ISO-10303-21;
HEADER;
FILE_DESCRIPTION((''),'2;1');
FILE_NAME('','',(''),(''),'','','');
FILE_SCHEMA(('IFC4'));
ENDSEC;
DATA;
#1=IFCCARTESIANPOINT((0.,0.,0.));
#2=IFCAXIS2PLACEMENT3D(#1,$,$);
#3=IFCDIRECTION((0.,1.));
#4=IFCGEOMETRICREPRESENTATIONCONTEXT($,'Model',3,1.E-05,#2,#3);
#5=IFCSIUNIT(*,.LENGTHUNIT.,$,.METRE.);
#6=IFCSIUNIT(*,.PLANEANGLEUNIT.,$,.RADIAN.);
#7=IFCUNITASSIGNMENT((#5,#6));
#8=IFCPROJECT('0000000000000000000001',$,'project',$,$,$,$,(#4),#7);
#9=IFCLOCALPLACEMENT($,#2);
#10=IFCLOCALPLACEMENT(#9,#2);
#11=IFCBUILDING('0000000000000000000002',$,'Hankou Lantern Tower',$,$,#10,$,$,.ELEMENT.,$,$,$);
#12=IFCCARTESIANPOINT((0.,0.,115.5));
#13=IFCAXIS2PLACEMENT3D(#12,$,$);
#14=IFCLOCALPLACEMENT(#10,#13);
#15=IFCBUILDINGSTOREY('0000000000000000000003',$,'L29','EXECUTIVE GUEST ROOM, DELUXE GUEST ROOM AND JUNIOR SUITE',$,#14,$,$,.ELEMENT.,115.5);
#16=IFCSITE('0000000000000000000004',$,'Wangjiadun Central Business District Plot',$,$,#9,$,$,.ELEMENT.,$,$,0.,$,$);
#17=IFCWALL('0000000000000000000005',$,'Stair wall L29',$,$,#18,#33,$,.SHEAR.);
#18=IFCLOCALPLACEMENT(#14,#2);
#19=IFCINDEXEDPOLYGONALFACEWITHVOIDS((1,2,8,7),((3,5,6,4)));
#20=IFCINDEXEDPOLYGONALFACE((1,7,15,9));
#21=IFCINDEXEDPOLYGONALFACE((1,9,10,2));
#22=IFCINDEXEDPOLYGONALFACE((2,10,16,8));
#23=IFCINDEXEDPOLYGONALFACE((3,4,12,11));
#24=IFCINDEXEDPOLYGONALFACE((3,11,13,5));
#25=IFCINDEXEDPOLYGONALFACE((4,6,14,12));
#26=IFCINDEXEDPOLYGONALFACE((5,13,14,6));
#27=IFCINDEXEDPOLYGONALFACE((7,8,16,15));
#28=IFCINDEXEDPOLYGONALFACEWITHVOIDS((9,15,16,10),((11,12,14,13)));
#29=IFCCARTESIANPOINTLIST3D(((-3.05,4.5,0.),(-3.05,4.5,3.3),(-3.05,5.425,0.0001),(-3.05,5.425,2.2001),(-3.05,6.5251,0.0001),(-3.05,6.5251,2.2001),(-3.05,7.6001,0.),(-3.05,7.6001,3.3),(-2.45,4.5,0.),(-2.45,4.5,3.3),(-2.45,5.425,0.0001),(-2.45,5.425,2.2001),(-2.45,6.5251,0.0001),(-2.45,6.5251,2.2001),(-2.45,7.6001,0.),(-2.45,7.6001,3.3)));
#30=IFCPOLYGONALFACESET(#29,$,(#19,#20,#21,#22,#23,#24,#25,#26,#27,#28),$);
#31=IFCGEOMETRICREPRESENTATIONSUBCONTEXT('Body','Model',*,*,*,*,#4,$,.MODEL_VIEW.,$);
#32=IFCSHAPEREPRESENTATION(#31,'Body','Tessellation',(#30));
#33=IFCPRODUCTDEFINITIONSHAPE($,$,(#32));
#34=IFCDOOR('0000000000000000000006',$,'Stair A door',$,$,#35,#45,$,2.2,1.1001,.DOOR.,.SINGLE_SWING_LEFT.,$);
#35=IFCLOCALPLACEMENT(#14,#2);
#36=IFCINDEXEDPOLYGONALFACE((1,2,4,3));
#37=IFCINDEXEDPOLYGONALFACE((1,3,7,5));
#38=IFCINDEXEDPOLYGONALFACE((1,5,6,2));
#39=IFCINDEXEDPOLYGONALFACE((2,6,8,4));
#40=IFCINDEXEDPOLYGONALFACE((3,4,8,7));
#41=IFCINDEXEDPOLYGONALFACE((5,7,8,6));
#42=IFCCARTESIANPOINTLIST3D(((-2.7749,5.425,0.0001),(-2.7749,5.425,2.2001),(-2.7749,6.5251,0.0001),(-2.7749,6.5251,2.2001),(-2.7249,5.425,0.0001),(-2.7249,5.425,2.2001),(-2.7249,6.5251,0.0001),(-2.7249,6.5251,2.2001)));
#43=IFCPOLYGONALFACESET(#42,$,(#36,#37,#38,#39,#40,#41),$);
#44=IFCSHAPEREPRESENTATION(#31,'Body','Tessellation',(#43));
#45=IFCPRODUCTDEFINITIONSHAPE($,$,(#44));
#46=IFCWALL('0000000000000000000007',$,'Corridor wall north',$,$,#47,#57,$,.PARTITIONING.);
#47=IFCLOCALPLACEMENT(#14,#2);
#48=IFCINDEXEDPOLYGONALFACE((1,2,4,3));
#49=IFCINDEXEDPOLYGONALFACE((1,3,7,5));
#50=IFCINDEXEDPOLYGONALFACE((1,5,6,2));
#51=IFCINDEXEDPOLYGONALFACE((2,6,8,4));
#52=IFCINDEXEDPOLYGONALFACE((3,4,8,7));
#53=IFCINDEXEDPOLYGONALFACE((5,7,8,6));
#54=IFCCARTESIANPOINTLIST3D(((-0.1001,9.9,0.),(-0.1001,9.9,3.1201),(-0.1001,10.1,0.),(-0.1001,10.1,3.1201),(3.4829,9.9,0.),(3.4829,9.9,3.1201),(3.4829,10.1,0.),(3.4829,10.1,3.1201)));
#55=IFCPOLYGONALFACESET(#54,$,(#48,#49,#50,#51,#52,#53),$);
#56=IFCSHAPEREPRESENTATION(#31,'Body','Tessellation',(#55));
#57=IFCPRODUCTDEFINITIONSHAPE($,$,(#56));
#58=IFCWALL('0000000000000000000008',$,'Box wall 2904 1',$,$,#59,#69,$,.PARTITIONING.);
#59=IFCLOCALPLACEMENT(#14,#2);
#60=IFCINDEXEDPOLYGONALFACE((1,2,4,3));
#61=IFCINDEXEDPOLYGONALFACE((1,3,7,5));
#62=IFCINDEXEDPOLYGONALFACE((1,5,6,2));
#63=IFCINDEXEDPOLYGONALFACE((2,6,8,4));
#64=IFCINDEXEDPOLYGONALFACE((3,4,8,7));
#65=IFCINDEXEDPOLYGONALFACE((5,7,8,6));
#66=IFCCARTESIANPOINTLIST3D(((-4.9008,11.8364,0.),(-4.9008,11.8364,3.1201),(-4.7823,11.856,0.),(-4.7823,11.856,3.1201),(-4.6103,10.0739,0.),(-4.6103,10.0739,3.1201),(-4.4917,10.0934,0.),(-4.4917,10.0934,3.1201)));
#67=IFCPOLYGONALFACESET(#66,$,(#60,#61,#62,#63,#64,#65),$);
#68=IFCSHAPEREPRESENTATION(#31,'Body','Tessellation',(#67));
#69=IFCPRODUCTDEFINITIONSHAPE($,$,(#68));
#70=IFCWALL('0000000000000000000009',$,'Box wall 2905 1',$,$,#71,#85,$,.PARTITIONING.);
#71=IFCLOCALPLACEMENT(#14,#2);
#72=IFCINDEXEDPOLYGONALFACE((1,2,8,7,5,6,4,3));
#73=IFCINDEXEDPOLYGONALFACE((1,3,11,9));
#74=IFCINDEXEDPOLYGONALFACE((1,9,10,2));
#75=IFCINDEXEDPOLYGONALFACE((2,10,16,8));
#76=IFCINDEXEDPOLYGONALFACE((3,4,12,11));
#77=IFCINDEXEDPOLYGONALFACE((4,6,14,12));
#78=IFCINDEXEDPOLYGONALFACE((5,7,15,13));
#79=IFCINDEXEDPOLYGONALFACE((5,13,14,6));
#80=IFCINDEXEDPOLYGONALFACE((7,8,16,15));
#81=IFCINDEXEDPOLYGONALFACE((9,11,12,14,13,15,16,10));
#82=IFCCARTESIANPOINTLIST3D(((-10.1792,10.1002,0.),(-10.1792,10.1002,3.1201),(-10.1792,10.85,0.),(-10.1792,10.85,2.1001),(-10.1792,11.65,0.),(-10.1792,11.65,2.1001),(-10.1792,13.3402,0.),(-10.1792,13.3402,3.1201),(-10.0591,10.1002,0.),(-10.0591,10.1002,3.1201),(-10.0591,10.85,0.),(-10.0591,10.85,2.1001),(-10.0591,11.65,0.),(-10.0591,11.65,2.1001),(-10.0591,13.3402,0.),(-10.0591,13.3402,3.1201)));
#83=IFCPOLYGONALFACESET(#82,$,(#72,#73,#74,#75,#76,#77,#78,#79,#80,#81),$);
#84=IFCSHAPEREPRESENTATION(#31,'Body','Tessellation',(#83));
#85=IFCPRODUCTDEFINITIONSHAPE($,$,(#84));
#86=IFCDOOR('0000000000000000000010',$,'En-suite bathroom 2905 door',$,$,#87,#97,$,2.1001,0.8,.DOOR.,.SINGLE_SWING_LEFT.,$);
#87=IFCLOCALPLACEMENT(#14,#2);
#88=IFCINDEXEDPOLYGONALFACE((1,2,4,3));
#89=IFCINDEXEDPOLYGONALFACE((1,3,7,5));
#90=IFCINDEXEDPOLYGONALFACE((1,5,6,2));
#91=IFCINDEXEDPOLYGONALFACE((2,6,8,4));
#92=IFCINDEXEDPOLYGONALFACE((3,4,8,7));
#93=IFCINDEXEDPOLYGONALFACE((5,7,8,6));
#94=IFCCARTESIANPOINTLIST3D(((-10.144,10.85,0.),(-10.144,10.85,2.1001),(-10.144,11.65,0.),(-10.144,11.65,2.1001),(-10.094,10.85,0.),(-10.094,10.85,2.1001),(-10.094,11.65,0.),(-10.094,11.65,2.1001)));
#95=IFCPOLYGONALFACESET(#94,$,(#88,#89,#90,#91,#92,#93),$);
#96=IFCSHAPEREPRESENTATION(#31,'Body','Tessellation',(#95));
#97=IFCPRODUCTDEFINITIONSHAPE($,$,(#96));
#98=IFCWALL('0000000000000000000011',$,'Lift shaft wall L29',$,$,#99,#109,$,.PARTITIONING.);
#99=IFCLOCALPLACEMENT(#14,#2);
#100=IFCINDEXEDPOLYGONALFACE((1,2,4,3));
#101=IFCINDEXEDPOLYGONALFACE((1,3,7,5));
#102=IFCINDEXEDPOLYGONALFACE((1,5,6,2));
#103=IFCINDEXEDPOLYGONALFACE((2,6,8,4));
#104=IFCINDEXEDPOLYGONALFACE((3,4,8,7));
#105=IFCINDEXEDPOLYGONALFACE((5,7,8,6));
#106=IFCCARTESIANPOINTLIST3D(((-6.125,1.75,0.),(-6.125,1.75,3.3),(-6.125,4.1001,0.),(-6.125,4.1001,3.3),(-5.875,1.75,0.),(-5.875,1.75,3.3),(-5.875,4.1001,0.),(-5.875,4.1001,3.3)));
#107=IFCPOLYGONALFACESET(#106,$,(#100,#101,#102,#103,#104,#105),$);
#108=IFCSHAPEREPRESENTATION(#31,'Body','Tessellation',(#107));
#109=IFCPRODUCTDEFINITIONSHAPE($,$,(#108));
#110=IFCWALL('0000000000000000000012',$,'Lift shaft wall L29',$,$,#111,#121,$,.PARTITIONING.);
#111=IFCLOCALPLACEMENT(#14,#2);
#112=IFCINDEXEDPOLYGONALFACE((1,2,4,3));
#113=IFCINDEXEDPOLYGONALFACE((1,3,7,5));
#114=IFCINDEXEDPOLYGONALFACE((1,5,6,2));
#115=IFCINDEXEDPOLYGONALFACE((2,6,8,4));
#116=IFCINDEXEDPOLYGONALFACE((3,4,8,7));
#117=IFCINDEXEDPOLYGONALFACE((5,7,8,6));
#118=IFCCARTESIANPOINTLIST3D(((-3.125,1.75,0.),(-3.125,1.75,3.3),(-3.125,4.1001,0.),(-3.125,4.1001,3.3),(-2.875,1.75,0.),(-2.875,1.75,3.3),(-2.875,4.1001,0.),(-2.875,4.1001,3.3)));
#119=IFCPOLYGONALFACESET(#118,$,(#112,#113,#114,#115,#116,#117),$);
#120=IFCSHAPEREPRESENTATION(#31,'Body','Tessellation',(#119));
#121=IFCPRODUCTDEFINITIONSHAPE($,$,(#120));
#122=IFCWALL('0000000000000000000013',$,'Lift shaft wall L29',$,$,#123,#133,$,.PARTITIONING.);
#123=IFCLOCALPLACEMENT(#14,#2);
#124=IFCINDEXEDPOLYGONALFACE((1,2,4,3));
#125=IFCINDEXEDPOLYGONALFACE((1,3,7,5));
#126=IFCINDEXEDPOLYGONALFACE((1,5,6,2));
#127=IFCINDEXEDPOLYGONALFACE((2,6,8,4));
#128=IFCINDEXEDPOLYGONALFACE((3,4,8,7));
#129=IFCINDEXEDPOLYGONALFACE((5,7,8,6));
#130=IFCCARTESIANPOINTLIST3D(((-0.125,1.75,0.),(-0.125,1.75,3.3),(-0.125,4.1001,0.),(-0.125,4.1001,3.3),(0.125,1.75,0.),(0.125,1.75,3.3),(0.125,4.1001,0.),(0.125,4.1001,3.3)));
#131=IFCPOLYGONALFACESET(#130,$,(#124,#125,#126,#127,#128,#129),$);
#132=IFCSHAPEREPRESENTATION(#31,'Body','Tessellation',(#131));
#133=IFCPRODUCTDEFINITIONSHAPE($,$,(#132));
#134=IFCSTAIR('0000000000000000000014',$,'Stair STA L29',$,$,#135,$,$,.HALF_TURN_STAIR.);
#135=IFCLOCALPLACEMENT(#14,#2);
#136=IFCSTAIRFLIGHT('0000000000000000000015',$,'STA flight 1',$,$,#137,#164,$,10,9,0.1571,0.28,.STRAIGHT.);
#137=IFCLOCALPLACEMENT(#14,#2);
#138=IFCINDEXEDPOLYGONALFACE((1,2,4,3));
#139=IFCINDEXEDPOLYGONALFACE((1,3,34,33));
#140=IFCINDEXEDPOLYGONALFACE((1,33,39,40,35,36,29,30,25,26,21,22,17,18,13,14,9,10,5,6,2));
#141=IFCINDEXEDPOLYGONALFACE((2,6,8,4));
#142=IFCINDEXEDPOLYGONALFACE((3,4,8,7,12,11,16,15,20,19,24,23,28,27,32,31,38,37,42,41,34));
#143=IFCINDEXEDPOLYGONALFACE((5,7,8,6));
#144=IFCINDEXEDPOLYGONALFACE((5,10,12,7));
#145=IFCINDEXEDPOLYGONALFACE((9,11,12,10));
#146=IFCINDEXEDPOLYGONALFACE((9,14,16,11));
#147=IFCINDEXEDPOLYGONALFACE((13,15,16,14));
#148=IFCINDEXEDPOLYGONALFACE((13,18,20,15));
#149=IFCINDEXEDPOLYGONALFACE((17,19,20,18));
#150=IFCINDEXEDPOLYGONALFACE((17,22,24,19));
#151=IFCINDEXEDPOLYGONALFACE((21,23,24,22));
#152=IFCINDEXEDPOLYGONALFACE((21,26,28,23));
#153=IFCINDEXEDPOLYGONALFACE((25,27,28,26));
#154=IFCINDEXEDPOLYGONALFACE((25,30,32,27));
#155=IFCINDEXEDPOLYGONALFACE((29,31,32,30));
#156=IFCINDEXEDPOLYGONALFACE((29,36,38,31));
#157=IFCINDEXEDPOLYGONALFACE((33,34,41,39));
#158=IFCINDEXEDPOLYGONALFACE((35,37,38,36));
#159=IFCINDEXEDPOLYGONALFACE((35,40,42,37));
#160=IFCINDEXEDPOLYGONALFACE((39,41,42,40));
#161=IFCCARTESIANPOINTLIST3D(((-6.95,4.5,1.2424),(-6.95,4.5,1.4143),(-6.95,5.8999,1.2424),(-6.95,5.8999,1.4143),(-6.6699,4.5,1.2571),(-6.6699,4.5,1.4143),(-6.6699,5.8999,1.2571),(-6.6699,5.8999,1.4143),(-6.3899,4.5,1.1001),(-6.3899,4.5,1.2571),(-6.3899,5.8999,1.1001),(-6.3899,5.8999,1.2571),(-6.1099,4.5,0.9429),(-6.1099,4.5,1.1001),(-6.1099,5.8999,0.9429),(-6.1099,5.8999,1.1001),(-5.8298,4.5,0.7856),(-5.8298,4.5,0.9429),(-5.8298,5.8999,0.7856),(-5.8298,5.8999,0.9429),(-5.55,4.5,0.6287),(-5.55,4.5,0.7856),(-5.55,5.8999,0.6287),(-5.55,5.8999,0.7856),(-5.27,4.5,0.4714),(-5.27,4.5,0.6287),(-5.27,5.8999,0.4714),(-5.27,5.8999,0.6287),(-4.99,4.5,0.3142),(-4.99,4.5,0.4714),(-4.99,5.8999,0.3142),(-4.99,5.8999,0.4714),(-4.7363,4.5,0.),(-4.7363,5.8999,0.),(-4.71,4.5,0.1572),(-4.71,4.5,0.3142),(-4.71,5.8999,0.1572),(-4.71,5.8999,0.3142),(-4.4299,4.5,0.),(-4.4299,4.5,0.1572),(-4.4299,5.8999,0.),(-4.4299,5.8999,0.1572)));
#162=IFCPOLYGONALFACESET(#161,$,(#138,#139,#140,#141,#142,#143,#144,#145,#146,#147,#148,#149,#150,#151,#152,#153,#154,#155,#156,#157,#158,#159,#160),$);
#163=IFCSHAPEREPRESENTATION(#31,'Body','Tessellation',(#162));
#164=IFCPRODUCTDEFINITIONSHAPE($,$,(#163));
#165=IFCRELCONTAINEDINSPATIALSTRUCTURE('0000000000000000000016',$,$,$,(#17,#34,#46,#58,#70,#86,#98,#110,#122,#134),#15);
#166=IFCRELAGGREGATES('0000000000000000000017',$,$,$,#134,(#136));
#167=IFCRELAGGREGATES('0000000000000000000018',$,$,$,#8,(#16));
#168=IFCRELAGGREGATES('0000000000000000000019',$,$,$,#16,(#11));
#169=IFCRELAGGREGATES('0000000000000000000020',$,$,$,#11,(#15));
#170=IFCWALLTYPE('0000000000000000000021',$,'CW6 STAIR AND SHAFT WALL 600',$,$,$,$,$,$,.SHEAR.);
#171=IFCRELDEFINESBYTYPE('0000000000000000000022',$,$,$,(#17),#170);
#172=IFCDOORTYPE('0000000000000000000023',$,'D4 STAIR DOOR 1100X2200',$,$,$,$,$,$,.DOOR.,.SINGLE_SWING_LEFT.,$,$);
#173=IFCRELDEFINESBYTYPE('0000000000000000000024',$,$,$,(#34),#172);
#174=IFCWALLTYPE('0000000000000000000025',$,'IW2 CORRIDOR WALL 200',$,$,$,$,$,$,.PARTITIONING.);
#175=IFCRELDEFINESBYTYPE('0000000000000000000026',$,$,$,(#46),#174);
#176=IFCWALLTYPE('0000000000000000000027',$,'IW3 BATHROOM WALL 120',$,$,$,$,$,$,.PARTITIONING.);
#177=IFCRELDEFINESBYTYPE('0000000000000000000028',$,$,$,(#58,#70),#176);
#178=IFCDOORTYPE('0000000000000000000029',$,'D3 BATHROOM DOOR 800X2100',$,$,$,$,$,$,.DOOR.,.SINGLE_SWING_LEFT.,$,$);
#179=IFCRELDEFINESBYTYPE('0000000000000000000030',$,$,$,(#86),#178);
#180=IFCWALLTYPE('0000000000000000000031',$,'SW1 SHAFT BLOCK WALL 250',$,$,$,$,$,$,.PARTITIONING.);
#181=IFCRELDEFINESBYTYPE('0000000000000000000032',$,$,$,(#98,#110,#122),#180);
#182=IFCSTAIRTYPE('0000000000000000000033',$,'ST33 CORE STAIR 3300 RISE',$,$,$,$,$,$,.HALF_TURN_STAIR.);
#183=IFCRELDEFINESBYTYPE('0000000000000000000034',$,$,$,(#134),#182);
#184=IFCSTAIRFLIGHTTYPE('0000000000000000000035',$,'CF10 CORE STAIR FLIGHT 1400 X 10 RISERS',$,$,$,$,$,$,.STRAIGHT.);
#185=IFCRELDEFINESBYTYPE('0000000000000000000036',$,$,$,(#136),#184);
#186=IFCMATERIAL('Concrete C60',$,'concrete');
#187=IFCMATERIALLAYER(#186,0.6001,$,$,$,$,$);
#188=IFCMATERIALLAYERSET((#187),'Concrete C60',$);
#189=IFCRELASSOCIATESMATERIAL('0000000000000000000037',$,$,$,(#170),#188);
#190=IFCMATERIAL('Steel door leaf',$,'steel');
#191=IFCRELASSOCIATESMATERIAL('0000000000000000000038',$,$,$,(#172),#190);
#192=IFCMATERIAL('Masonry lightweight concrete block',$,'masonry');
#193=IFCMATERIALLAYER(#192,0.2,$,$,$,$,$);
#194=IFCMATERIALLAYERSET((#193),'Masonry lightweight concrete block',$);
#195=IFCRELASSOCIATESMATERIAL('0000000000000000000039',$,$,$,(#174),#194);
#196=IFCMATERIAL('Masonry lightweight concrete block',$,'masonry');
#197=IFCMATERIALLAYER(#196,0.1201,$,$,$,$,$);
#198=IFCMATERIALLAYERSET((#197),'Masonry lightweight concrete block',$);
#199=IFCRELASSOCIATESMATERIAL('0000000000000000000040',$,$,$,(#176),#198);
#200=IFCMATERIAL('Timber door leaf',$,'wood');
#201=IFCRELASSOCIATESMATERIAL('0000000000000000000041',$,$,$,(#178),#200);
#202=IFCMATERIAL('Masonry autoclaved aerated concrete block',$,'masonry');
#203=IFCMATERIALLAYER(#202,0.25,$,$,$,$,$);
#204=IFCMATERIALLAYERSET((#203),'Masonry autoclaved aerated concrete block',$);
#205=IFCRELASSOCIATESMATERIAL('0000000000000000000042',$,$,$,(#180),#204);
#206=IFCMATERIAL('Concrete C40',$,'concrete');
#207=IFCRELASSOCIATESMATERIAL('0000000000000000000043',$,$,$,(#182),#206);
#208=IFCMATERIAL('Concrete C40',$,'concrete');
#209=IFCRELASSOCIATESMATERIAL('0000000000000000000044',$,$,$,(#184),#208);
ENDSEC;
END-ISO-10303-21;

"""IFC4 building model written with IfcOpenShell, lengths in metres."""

from ifc_helpers import new_model, si_unit, direction, frame, frame_2d, origin, place, context, subcontext, project, spatial, polyline, rectangle, outline, extrude, material, layer, layer_set, type_object, element, fill, aggregate, save


model = new_model("IFC4")

# Units and contexts
model_context = context("Model", 3, precision=1e-05, world=origin(), true_north=direction((0.0, 1.0)))
body_context = subcontext(model_context, "Body", "Model", "MODEL_VIEW")
ifc_project = project(units=[si_unit("LENGTHUNIT", "METRE"), si_unit("PLANEANGLEUNIT", "RADIAN")], contexts=[model_context])

# Site, building, storey
site_placement = place(None, origin())
site = spatial("IfcSite", under=ifc_project, at=site_placement, Name="Wangjiadun Central Business District Plot", CompositionType="ELEMENT", RefElevation=0.0)
building_placement = place(site_placement, origin())
building = spatial("IfcBuilding", under=site, at=building_placement, Name="Hankou Lantern Tower", CompositionType="ELEMENT")
storey_placement = place(building_placement, frame((0.0, 0.0, 115.5)))
storey = spatial("IfcBuildingStorey", under=building, at=storey_placement, Name="L29", Description="EXECUTIVE GUEST ROOM, DELUXE GUEST ROOM AND JUNIOR SUITE", CompositionType="ELEMENT", Elevation=115.5)

# Wall, opening, door
ifc_material_1 = material(Name="Concrete C60", Category="concrete")
ifc_layer_1 = layer(ifc_material_1, 0.6001)
ifc_layer_set_1 = layer_set([ifc_layer_1], Name="Concrete C60")
wall_type_1 = type_object("IfcWallType", Name="CW6 STAIR AND SHAFT WALL 600", PredefinedType="SHEAR", material=ifc_layer_set_1)
wall_1_placement = place(storey_placement, frame((-2.75, 4.5, 0.0), z_axis=(0.0, 0.0, 1.0), x_axis=(0.0, 1.0, 0.0)))
wall_1 = element("IfcWall", 1, at=wall_1_placement, inside=storey, type_object=wall_type_1, Name="Stair wall L29", PredefinedType="SHEAR", context=body_context, shape_type="SweptSolid", body=[
    extrude(rectangle(XDim=3.1001, YDim=0.6001, at=frame_2d((1.55, 0.0))), origin(), (0.0, 0.0, 1.0), 3.3),
])
opening_1_placement = place(wall_1_placement, frame((0.925, 0.0, 0.0)))
opening_1 = element("IfcOpeningElement", 2, at=opening_1_placement, cuts=wall_1, PredefinedType="OPENING", context=body_context, shape_type="SweptSolid", body=[
    extrude(rectangle(XDim=1.1001, YDim=2.2, at=frame_2d((0.55, 1.1001))), frame((0.0, 0.3101, 0.0), z_axis=(0.0, -1.0, 0.0), x_axis=(1.0, 0.0, 0.0)), (0.0, 0.0, 1.0), 0.6201),
])
ifc_material_2 = material(Name="Steel door leaf", Category="steel")
door_type_1 = type_object("IfcDoorType", Name="D4 STAIR DOOR 1100X2200", OperationType="SINGLE_SWING_LEFT", PredefinedType="DOOR", material=ifc_material_2)
door_1_placement = place(opening_1_placement, origin())
door_1 = element("IfcDoor", 3, at=door_1_placement, inside=storey, type_object=door_type_1, Name="Stair A door", OperationType="SINGLE_SWING_LEFT", OverallHeight=2.2, OverallWidth=1.1001, PredefinedType="DOOR", context=body_context, shape_type="SweptSolid", body=[
    extrude(rectangle(XDim=1.1001, YDim=2.2, at=frame_2d((0.55, 1.1001))), frame((0.0, 0.0249, 0.0), z_axis=(0.0, -1.0, 0.0), x_axis=(1.0, 0.0, 0.0)), (0.0, 0.0, 1.0), 0.05),
])
fill(opening_1, door_1)

# Walls
ifc_material_3 = material(Name="Masonry lightweight concrete block", Category="masonry")
ifc_layer_2 = layer(ifc_material_3, 0.2)
ifc_layer_set_2 = layer_set([ifc_layer_2], Name="Masonry lightweight concrete block")
wall_type_2 = type_object("IfcWallType", Name="IW2 CORRIDOR WALL 200", PredefinedType="PARTITIONING", material=ifc_layer_set_2)
wall_2_placement = place(storey_placement, frame((-0.1001, 10.0, 0.0), z_axis=(0.0, 0.0, 1.0), x_axis=(1.0, 0.0, 0.0)))
element("IfcWall", 4, at=wall_2_placement, inside=storey, type_object=wall_type_2, Name="Corridor wall north", PredefinedType="PARTITIONING", context=body_context, shape_type="SweptSolid", body=[
    extrude(rectangle(XDim=3.583, YDim=0.2, at=frame_2d((1.7915, 0.0))), origin(), (0.0, 0.0, 1.0), 3.1201),
])
ifc_material_4 = material(Name="Masonry lightweight concrete block", Category="masonry")
ifc_layer_3 = layer(ifc_material_4, 0.1201)
ifc_layer_set_3 = layer_set([ifc_layer_3], Name="Masonry lightweight concrete block")
wall_type_3 = type_object("IfcWallType", Name="IW3 BATHROOM WALL 120", PredefinedType="PARTITIONING", material=ifc_layer_set_3)
wall_3_placement = place(storey_placement, frame((-4.551, 10.0837, 0.0), z_axis=(0.0, 0.0, 1.0), x_axis=(-0.162626, 0.986688, 0.0)))
element("IfcWall", 5, at=wall_3_placement, inside=storey, type_object=wall_type_3, Name="Box wall 2904 1", PredefinedType="PARTITIONING", context=body_context, shape_type="SweptSolid", body=[
    extrude(rectangle(XDim=1.7864, YDim=0.1201, at=frame_2d((0.8931, 0.0))), origin(), (0.0, 0.0, 1.0), 3.1201),
])

# Wall, opening, door
wall_4_placement = place(storey_placement, frame((-10.1191, 10.1001, 0.0), z_axis=(0.0, 0.0, 1.0), x_axis=(0.0, 1.0, 0.0)))
wall_4 = element("IfcWall", 6, at=wall_4_placement, inside=storey, type_object=wall_type_3, Name="Box wall 2905 1", PredefinedType="PARTITIONING", context=body_context, shape_type="SweptSolid", body=[
    extrude(rectangle(XDim=3.24, YDim=0.1201, at=frame_2d((1.6201, 0.0))), origin(), (0.0, 0.0, 1.0), 3.1201),
])
opening_2_placement = place(wall_4_placement, frame((0.75, 0.0, 0.0)))
opening_2 = element("IfcOpeningElement", 7, at=opening_2_placement, cuts=wall_4, PredefinedType="OPENING", context=body_context, shape_type="SweptSolid", body=[
    extrude(rectangle(XDim=0.8, YDim=2.1001, at=frame_2d((0.3999, 1.05))), frame((0.0, 0.0701, 0.0), z_axis=(0.0, -1.0, 0.0), x_axis=(1.0, 0.0, 0.0)), (0.0, 0.0, 1.0), 0.1401),
])
ifc_material_5 = material(Name="Timber door leaf", Category="wood")
door_type_2 = type_object("IfcDoorType", Name="D3 BATHROOM DOOR 800X2100", OperationType="SINGLE_SWING_LEFT", PredefinedType="DOOR", material=ifc_material_5)
door_2_placement = place(opening_2_placement, origin())
door_2 = element("IfcDoor", 8, at=door_2_placement, inside=storey, type_object=door_type_2, Name="En-suite bathroom 2905 door", OperationType="SINGLE_SWING_LEFT", OverallHeight=2.1001, OverallWidth=0.8, PredefinedType="DOOR", context=body_context, shape_type="SweptSolid", body=[
    extrude(rectangle(XDim=0.8, YDim=2.1001, at=frame_2d((0.3999, 1.05))), frame((0.0, 0.0249, 0.0), z_axis=(0.0, -1.0, 0.0), x_axis=(1.0, 0.0, 0.0)), (0.0, 0.0, 1.0), 0.05),
])
fill(opening_2, door_2)

# Walls
ifc_material_6 = material(Name="Masonry autoclaved aerated concrete block", Category="masonry")
ifc_layer_4 = layer(ifc_material_6, 0.25)
ifc_layer_set_4 = layer_set([ifc_layer_4], Name="Masonry autoclaved aerated concrete block")
wall_type_4 = type_object("IfcWallType", Name="SW1 SHAFT BLOCK WALL 250", PredefinedType="PARTITIONING", material=ifc_layer_set_4)
for number, where, z_axis, x_axis, name in (
    (9, (-6.0, 1.75, 0.0), (0.0, 0.0, 1.0), (0.0, 1.0, 0.0), "Lift shaft wall L29"),
    (10, (-3.0, 1.75, 0.0), (0.0, 0.0, 1.0), (0.0, 1.0, 0.0), "Lift shaft wall L29"),
    (11, (0.0, 1.75, 0.0), (0.0, 0.0, 1.0), (0.0, 1.0, 0.0), "Lift shaft wall L29"),
):
    element("IfcWall", number, at=place(storey_placement, frame(where, z_axis=z_axis, x_axis=x_axis)), inside=storey, type_object=wall_type_4, Name=name, PredefinedType="PARTITIONING", context=body_context, shape_type="SweptSolid", body=[
        extrude(rectangle(XDim=2.3501, YDim=0.25, at=frame_2d((1.175, 0.0))), origin(), (0.0, 0.0, 1.0), 3.3),
    ])

# Stair, stair flight
ifc_material_7 = material(Name="Concrete C40", Category="concrete")
stair_type = type_object("IfcStairType", Name="ST33 CORE STAIR 3300 RISE", PredefinedType="HALF_TURN_STAIR", material=ifc_material_7)
stair_placement = place(storey_placement, origin())
stair = element("IfcStair", 12, at=stair_placement, inside=storey, type_object=stair_type, Name="Stair STA L29", PredefinedType="HALF_TURN_STAIR")
ifc_material_8 = material(Name="Concrete C40", Category="concrete")
stair_flight_type_1 = type_object("IfcStairFlightType", Name="CF10 CORE STAIR FLIGHT 1400 X 10 RISERS", PredefinedType="STRAIGHT", material=ifc_material_8)
stair_flight_1_placement = place(storey_placement, frame((-4.4299, 5.2, 0.0), z_axis=(0.0, 0.0, 1.0), x_axis=(-1.0, 0.0, 0.0)))
stair_flight_1 = element("IfcStairFlight", 13, at=stair_flight_1_placement, type_object=stair_flight_type_1, Name="STA flight 1", NumberOfRisers=10, NumberOfTreads=9, PredefinedType="STRAIGHT", RiserHeight=0.1571, TreadLength=0.28, context=body_context, shape_type="SweptSolid", body=[
    extrude(outline(polyline([(0.0, 0.0), (0.0, 0.1572), (0.28, 0.1572), (0.28, 0.3142), (0.5601, 0.3142), (0.5601, 0.4714), (0.8401, 0.4714), (0.8401, 0.6287), (1.1201, 0.6287), (1.1201, 0.7856), (1.3999, 0.7856), (1.3999, 0.9429), (1.6799, 0.9429), (1.6799, 1.1001), (1.96, 1.1001), (1.96, 1.2571), (2.24, 1.2571), (2.24, 1.4143), (2.52, 1.4143), (2.52, 1.5715), (2.52, 1.2424), (0.3064, 0.0), (0.0, 0.0)])), frame((0.0, 0.7, 0.0), z_axis=(0.0, -1.0, 0.0), x_axis=(1.0, 0.0, 0.0)), (0.0, 0.0, 1.0), 1.3999),
])
aggregate(stair, [stair_flight_1])

save(model, "model.ifc")
